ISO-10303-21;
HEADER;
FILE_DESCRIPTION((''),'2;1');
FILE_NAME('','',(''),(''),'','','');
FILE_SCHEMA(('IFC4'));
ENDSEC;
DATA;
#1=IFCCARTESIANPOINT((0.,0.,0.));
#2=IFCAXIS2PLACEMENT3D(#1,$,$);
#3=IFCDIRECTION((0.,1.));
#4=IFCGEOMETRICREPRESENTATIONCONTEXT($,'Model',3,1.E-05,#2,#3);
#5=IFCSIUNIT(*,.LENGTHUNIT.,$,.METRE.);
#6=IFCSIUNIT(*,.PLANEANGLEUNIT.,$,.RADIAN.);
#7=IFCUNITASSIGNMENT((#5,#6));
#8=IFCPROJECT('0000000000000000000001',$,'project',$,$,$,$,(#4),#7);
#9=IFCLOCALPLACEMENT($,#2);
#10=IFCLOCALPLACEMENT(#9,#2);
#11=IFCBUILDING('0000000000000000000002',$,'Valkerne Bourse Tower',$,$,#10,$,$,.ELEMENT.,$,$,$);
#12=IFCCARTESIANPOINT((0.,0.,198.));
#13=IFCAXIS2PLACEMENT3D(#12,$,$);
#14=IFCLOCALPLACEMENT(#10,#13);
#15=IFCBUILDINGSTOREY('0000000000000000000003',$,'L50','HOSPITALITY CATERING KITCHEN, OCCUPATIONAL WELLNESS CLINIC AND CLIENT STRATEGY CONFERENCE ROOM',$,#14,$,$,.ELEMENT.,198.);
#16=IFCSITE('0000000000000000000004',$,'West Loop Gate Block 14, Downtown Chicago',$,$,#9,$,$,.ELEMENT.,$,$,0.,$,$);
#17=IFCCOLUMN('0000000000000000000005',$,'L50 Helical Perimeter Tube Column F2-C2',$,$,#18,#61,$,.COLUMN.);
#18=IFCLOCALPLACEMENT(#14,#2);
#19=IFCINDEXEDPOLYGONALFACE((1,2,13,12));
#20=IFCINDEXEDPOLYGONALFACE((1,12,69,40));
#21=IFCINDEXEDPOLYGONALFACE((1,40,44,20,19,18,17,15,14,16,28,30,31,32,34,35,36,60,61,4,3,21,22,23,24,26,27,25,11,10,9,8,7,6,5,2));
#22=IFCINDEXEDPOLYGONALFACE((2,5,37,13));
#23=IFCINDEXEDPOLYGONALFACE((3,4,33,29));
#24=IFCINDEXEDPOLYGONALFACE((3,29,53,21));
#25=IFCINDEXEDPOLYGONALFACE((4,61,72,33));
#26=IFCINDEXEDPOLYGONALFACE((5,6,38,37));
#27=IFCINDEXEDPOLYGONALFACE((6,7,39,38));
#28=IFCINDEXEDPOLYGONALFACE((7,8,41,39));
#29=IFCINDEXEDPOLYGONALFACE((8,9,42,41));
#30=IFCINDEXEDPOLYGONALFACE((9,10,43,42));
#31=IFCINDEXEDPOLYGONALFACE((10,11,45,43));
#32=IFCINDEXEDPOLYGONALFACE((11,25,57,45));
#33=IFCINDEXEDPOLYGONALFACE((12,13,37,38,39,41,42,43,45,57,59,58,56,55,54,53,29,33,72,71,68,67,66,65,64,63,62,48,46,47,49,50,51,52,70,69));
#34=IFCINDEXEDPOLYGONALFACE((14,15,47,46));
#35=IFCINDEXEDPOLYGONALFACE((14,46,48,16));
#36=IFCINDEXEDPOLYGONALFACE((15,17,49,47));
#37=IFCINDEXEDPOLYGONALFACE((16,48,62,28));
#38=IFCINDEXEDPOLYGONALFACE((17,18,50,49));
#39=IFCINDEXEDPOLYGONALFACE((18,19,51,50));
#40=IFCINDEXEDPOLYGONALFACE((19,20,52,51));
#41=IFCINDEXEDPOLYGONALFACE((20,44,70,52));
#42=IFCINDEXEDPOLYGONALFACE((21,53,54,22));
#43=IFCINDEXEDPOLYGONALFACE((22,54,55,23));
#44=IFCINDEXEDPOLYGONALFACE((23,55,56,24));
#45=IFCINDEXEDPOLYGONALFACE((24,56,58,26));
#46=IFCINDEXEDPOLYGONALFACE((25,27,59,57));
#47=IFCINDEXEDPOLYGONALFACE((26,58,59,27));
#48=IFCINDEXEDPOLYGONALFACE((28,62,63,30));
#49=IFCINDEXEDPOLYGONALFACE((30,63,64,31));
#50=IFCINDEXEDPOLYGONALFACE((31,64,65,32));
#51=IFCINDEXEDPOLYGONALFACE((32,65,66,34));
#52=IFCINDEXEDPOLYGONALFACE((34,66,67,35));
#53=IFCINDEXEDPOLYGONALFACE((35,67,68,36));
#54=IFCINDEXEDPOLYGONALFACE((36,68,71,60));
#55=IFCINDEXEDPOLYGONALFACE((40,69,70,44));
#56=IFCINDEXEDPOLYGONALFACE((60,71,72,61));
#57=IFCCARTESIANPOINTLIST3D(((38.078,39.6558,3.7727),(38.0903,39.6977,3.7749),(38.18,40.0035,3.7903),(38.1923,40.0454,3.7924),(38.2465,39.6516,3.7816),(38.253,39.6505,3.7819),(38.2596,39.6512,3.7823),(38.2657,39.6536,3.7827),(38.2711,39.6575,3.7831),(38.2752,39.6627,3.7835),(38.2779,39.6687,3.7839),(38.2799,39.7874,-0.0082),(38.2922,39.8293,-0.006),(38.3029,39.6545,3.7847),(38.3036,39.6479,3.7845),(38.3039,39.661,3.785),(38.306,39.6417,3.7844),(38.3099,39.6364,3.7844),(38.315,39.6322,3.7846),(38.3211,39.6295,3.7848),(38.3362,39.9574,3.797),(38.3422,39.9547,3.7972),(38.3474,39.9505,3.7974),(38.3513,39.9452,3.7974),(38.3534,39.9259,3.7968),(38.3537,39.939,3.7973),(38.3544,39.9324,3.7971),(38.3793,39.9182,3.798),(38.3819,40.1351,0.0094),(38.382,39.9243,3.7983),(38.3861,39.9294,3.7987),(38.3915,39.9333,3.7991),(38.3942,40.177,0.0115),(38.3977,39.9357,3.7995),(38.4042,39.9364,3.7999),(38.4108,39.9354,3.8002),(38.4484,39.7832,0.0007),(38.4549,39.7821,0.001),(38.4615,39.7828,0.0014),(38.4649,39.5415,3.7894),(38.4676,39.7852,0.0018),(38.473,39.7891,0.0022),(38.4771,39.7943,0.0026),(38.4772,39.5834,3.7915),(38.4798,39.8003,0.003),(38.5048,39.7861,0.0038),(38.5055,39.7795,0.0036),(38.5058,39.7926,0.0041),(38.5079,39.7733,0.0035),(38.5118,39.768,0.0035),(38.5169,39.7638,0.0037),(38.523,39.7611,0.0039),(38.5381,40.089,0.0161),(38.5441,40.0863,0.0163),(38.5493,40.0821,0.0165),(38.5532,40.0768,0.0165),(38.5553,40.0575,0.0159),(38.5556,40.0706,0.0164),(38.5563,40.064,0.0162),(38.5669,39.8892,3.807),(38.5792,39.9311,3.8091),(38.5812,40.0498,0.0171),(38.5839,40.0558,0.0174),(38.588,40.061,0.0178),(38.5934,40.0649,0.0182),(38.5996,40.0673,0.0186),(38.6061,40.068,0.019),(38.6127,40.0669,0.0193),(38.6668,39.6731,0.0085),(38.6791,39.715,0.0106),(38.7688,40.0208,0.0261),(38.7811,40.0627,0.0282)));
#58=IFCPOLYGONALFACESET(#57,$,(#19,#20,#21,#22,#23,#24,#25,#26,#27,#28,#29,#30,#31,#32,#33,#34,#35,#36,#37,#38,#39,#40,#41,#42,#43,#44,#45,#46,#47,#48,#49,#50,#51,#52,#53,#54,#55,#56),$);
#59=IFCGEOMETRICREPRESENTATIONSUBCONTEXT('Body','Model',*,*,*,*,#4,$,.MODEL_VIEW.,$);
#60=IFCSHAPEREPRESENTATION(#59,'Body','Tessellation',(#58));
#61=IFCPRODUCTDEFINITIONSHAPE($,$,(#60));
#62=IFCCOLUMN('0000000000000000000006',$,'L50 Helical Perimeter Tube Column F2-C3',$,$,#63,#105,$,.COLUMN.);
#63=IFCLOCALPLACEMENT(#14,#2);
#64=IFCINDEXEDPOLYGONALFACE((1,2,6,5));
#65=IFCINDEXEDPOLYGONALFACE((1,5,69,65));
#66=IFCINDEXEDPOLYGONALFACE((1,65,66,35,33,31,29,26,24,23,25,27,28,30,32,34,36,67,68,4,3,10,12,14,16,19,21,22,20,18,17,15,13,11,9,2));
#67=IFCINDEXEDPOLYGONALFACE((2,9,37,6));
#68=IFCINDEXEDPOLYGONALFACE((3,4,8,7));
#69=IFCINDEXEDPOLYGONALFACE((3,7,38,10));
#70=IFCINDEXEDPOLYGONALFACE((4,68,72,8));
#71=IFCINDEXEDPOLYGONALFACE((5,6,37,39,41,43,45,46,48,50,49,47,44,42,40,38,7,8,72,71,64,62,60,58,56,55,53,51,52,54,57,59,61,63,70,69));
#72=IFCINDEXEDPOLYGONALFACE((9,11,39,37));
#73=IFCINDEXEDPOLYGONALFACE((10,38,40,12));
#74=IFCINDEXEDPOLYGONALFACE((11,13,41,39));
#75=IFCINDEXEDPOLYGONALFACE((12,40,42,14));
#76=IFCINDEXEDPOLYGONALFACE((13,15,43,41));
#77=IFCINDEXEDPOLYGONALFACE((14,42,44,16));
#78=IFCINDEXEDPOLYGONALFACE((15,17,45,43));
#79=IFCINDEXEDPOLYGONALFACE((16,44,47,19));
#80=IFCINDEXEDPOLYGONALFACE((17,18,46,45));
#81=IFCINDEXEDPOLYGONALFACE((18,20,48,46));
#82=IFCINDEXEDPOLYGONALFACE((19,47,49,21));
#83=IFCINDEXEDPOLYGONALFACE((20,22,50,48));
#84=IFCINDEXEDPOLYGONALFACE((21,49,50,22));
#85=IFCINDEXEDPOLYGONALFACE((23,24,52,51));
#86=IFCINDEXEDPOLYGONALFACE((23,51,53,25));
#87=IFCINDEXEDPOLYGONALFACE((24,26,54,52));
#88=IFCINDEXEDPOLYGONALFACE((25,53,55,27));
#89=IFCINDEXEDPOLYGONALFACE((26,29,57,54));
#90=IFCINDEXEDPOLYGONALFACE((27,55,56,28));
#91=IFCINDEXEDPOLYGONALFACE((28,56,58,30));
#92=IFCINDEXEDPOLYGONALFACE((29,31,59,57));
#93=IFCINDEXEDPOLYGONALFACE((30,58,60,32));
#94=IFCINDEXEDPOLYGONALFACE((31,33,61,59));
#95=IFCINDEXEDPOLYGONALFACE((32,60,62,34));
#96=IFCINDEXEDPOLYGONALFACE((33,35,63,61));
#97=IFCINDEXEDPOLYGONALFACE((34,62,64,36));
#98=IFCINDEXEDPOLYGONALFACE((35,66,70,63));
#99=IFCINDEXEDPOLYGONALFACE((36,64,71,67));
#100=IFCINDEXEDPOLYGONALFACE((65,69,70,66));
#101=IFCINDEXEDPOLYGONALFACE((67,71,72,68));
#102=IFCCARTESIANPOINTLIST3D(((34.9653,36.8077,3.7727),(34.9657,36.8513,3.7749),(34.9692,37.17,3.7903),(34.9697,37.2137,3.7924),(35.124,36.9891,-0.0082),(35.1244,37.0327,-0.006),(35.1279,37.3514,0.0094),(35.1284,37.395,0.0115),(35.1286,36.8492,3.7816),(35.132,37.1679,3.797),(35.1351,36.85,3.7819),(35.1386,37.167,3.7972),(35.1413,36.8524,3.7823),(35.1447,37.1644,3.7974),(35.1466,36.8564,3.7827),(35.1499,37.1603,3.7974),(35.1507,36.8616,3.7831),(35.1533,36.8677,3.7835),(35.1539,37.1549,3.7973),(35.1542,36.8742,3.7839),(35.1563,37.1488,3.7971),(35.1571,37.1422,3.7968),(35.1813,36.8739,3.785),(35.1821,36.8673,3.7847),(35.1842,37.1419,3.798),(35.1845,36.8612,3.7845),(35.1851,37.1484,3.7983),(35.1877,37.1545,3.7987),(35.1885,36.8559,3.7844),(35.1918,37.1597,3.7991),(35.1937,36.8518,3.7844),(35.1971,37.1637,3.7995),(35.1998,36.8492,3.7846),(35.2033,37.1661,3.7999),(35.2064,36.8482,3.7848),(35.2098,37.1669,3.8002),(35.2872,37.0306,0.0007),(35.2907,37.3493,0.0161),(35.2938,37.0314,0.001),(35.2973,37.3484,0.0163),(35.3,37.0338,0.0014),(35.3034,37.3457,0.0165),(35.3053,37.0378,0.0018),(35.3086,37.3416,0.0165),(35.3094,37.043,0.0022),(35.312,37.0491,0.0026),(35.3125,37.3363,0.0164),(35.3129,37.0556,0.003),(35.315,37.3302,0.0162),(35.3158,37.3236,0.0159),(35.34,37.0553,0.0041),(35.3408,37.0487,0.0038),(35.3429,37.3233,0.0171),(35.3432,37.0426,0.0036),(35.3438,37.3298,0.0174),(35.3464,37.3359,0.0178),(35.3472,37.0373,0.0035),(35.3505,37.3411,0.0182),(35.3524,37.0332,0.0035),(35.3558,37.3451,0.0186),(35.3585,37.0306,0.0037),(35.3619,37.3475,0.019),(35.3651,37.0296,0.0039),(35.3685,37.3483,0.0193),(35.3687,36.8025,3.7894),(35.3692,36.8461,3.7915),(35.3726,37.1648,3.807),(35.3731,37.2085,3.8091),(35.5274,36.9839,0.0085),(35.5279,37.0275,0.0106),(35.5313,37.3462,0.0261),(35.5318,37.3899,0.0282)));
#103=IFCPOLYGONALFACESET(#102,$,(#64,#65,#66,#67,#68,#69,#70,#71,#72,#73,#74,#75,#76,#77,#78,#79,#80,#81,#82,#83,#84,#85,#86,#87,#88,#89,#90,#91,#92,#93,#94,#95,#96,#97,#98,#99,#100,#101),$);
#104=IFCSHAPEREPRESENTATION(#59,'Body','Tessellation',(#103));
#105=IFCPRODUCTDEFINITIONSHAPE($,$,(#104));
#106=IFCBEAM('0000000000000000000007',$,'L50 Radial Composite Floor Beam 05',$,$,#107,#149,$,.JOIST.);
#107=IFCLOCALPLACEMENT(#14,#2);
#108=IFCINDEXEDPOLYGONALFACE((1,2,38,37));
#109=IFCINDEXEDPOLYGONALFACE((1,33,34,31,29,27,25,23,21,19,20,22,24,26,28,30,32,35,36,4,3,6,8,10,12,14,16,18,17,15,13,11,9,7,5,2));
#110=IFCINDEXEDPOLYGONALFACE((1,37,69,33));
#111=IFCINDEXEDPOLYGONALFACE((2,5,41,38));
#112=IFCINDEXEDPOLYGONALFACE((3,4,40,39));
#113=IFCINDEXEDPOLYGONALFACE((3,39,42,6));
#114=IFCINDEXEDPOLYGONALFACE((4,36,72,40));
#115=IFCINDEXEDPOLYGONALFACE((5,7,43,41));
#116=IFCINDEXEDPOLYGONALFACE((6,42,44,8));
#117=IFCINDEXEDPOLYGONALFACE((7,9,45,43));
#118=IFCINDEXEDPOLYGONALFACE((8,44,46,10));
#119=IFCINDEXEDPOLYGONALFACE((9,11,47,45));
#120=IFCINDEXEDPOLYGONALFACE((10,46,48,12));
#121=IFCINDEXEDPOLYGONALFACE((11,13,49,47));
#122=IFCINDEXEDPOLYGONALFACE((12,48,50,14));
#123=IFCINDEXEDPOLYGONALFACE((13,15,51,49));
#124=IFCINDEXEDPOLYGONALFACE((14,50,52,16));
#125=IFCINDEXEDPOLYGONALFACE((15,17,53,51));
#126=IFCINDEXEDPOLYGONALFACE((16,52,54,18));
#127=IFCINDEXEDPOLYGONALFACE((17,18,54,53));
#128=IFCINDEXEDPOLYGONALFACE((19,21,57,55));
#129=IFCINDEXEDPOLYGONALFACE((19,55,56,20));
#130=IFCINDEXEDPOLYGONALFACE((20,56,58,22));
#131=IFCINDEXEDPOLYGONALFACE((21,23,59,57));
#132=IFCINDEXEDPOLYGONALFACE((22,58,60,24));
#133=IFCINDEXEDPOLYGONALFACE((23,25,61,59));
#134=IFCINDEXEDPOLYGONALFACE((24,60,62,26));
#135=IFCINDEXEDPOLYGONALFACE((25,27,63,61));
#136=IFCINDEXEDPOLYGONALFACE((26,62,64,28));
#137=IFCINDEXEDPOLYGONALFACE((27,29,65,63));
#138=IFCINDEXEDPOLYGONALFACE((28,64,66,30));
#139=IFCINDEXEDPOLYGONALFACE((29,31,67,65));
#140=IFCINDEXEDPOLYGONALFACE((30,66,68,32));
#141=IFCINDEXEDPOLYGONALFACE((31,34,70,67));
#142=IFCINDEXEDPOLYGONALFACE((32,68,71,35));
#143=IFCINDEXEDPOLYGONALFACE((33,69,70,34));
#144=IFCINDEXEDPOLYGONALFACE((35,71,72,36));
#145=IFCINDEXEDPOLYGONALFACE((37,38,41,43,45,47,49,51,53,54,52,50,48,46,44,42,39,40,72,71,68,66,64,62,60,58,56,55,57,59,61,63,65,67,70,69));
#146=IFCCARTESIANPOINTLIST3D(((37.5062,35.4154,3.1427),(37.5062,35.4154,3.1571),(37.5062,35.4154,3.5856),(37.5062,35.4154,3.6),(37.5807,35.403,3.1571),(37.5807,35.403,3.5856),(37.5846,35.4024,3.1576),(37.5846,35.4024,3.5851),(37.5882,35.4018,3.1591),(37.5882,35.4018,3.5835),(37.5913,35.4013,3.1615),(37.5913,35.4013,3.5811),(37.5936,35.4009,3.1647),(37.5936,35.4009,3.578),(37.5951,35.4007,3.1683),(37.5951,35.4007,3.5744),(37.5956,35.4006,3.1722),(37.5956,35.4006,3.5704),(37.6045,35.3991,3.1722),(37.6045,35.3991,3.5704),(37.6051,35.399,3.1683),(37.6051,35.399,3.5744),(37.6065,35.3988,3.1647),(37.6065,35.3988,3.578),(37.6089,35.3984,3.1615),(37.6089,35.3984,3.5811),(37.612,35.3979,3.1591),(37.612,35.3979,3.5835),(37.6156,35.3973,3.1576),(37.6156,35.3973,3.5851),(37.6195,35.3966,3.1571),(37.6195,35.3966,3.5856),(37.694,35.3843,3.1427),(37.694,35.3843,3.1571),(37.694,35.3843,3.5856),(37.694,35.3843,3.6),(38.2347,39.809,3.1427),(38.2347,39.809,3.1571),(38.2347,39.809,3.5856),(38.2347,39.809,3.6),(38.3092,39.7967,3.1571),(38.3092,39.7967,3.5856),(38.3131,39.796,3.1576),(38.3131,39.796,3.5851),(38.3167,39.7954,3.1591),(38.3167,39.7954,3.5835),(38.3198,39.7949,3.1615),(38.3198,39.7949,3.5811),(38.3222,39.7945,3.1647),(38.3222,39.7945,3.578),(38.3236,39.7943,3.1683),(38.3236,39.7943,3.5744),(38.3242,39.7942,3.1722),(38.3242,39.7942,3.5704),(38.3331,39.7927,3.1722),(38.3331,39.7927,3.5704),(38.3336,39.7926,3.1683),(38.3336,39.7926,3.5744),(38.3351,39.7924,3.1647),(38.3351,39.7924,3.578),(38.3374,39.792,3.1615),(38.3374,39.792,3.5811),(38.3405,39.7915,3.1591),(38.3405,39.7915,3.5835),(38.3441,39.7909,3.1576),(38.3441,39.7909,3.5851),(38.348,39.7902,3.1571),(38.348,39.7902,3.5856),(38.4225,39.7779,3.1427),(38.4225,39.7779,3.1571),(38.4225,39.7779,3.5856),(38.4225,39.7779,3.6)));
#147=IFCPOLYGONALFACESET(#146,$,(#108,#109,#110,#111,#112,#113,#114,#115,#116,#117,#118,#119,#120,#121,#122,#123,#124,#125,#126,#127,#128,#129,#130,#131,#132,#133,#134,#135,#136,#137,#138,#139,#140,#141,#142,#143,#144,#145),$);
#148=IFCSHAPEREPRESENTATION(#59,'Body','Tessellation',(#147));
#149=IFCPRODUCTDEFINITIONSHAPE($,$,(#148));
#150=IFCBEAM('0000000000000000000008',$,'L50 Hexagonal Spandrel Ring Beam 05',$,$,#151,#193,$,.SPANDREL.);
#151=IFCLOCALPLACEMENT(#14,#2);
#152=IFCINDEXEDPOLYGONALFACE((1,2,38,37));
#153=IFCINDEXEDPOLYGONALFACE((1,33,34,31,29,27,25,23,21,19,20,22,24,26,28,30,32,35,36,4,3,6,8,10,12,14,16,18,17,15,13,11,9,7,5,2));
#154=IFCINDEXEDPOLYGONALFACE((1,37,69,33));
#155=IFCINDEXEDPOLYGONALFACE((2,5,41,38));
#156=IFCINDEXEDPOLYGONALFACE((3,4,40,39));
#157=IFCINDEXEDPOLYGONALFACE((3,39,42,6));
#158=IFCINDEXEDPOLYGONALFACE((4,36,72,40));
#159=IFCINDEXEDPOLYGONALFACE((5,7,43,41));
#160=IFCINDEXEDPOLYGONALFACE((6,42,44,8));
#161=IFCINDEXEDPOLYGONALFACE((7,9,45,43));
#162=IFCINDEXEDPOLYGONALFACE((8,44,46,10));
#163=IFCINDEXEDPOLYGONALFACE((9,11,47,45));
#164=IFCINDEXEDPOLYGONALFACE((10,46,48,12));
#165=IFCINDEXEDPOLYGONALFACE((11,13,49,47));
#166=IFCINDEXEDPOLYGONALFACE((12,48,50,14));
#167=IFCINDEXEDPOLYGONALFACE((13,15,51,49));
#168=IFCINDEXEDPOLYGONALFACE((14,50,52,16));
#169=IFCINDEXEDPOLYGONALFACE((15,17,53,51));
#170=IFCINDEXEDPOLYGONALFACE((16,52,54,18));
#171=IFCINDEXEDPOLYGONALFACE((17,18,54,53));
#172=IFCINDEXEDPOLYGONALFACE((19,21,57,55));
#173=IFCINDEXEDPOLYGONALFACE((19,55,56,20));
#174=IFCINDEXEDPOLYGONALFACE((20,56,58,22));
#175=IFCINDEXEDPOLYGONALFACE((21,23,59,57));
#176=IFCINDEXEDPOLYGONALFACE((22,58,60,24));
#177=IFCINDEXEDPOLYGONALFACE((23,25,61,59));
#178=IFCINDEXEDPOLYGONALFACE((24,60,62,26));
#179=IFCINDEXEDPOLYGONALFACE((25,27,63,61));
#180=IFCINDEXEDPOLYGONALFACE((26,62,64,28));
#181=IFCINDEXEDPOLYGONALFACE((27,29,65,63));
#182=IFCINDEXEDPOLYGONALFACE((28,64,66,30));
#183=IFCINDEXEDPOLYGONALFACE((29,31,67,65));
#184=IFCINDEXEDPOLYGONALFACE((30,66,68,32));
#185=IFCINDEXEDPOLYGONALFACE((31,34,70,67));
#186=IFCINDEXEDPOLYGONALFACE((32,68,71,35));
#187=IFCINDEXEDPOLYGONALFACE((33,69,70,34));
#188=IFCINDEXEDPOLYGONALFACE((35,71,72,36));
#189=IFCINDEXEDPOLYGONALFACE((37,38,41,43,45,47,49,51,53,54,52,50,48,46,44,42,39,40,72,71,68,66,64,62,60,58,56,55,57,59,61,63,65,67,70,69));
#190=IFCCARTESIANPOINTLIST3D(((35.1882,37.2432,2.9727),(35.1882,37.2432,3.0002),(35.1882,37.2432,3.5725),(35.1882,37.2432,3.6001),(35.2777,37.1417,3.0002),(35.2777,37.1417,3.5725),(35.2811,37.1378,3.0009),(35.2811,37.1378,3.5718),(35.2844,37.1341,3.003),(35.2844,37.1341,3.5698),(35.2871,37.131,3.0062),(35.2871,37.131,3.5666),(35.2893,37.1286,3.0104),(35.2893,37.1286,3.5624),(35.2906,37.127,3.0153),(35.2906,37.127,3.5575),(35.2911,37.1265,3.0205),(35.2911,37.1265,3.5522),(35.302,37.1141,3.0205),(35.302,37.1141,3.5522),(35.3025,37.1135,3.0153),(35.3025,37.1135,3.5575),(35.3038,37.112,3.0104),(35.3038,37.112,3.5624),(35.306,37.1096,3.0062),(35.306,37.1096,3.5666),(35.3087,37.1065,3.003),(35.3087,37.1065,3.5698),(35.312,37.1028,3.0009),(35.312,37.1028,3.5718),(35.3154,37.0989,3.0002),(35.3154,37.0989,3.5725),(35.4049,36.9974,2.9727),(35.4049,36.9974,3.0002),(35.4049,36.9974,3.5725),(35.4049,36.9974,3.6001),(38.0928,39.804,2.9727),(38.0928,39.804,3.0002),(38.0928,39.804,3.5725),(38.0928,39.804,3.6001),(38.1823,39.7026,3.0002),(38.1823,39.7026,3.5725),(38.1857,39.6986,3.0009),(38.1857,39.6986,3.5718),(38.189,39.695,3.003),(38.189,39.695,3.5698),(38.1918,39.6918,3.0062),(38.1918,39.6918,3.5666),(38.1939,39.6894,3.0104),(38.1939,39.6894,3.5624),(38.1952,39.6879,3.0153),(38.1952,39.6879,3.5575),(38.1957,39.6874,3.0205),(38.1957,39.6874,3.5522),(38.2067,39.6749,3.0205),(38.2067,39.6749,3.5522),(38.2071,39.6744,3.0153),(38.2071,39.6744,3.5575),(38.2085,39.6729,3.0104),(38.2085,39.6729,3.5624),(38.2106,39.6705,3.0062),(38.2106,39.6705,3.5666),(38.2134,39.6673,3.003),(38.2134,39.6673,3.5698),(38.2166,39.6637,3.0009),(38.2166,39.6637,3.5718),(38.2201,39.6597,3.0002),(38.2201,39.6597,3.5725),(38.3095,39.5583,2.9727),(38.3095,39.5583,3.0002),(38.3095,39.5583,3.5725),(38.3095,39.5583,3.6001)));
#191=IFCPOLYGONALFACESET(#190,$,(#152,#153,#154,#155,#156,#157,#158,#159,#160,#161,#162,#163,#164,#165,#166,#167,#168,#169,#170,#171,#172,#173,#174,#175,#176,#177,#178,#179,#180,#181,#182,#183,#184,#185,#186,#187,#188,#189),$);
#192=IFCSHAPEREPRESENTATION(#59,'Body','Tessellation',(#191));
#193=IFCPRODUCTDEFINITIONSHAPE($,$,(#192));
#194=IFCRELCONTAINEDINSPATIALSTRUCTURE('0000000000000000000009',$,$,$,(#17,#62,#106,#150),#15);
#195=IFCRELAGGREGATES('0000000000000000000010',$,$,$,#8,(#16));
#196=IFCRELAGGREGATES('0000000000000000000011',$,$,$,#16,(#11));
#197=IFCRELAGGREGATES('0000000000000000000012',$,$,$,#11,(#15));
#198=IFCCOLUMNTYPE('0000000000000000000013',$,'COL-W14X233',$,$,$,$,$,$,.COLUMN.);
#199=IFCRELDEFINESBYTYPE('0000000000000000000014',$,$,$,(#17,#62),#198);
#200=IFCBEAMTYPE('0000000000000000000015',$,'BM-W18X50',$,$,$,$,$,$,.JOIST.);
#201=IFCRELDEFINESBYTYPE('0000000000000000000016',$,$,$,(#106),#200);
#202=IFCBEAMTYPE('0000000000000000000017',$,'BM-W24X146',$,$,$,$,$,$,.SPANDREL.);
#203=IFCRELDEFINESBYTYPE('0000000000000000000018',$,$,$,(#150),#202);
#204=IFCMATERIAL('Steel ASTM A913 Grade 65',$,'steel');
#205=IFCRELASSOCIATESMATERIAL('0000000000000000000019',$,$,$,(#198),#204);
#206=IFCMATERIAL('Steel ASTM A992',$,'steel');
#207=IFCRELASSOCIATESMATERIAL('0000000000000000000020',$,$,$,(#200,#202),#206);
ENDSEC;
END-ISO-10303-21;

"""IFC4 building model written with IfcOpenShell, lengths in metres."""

from ifc_helpers import new_model, si_unit, direction, frame, origin, origin_2d, place, context, subcontext, project, spatial, i_section, extrude, material, material_profile, profile_set, type_object, element, save


model = new_model("IFC4")

# Units and contexts
model_context = context("Model", 3, precision=1e-05, world=origin(), true_north=direction((0.0, 1.0)))
body_context = subcontext(model_context, "Body", "Model", "MODEL_VIEW")
ifc_project = project(units=[si_unit("LENGTHUNIT", "METRE"), si_unit("PLANEANGLEUNIT", "RADIAN")], contexts=[model_context])

# Site, building, storey
site_placement = place(None, origin())
site = spatial("IfcSite", under=ifc_project, at=site_placement, Name="West Loop Gate Block 14, Downtown Chicago", CompositionType="ELEMENT", RefElevation=0.0)
building_placement = place(site_placement, origin())
building = spatial("IfcBuilding", under=site, at=building_placement, Name="Valkerne Bourse Tower", CompositionType="ELEMENT")
storey_placement = place(building_placement, frame((0.0, 0.0, 198.0)))
storey = spatial("IfcBuildingStorey", under=building, at=storey_placement, Name="L50", Description="HOSPITALITY CATERING KITCHEN, OCCUPATIONAL WELLNESS CLINIC AND CLIENT STRATEGY CONFERENCE ROOM", CompositionType="ELEMENT", Elevation=198.0)

# Columns
ifc_material_1 = material(Name="Steel ASTM A913 Grade 65", Category="steel")
ifc_material_profile_1 = material_profile(ifc_material_1, i_section(OverallWidth=0.4038, OverallDepth=0.4065, WebThickness=0.0271, FlangeThickness=0.0437, FilletRadius=0.0254, at=origin_2d()), Name="W14X233")
ifc_profile_set_1 = profile_set([ifc_material_profile_1], Name="Steel ASTM A913 Grade 65")
column_type = type_object("IfcColumnType", Name="COL-W14X233", PredefinedType="COLUMN", material=ifc_profile_set_1)
for number, where, z_axis, x_axis, name in (
    (1, (38.5305, 39.925, 0.01), (-0.053291, -0.034733, 0.997975), (-0.958185, 0.283153, -0.041312), "L50 Helical Perimeter Tube Column F2-C2"),
    (2, (35.3279, 37.1895, 0.01), (-0.041886, -0.047879, 0.997975), (-0.999063, 0.012866, -0.041314), "L50 Helical Perimeter Tube Column F2-C3"),
):
    element("IfcColumn", number, at=place(storey_placement, frame(where, z_axis=z_axis, x_axis=x_axis)), inside=storey, type_object=column_type, Name=name, PredefinedType="COLUMN", context=body_context, shape_type="SweptSolid", body=[
        extrude(i_section(OverallWidth=0.4038, OverallDepth=0.4065, WebThickness=0.0271, FlangeThickness=0.0437, FilletRadius=0.0254, at=origin_2d()), origin(), (0.0, 0.0, 1.0), 3.7886),
    ])

# Beams
ifc_material_2 = material(Name="Steel ASTM A992", Category="steel")
ifc_material_profile_2 = material_profile(ifc_material_2, i_section(OverallWidth=0.1904, OverallDepth=0.4573, WebThickness=0.009, FlangeThickness=0.0144, FilletRadius=0.0151, at=origin_2d()), Name="W18X50")
ifc_profile_set_2 = profile_set([ifc_material_profile_2], Name="Steel ASTM A992")
beam_type_1 = type_object("IfcBeamType", Name="BM-W18X50", PredefinedType="JOIST", material=ifc_profile_set_2)
beam_1_placement = place(storey_placement, frame((38.3286, 39.7935, 3.3713), z_axis=(-0.163581, -0.98653, 0.0), x_axis=(0.98653, -0.163581, 0.0)))
element("IfcBeam", 3, at=beam_1_placement, inside=storey, type_object=beam_type_1, Name="L50 Radial Composite Floor Beam 05", PredefinedType="JOIST", context=body_context, shape_type="SweptSolid", body=[
    extrude(i_section(OverallWidth=0.1904, OverallDepth=0.4573, WebThickness=0.009, FlangeThickness=0.0144, FilletRadius=0.0151, at=origin_2d()), origin(), (0.0, 0.0, 1.0), 4.4536),
])
ifc_material_profile_3 = material_profile(ifc_material_2, i_section(OverallWidth=0.3276, OverallDepth=0.6274, WebThickness=0.0166, FlangeThickness=0.0276, FilletRadius=0.0203, at=origin_2d()), Name="W24X146")
ifc_profile_set_3 = profile_set([ifc_material_profile_3], Name="Steel ASTM A992")
beam_type_2 = type_object("IfcBeamType", Name="BM-W24X146", PredefinedType="SPANDREL", material=ifc_profile_set_3)
beam_2_placement = place(storey_placement, frame((38.2012, 39.6812, 3.2864), z_axis=(-0.750099, -0.661325, 0.0), x_axis=(0.661325, -0.750099, 0.0)))
element("IfcBeam", 4, at=beam_2_placement, inside=storey, type_object=beam_type_2, Name="L50 Hexagonal Spandrel Ring Beam 05", PredefinedType="SPANDREL", context=body_context, shape_type="SweptSolid", body=[
    extrude(i_section(OverallWidth=0.3276, OverallDepth=0.6274, WebThickness=0.0166, FlangeThickness=0.0276, FilletRadius=0.0203, at=origin_2d()), origin(), (0.0, 0.0, 1.0), 3.8723),
])

save(model, "model.ifc")
